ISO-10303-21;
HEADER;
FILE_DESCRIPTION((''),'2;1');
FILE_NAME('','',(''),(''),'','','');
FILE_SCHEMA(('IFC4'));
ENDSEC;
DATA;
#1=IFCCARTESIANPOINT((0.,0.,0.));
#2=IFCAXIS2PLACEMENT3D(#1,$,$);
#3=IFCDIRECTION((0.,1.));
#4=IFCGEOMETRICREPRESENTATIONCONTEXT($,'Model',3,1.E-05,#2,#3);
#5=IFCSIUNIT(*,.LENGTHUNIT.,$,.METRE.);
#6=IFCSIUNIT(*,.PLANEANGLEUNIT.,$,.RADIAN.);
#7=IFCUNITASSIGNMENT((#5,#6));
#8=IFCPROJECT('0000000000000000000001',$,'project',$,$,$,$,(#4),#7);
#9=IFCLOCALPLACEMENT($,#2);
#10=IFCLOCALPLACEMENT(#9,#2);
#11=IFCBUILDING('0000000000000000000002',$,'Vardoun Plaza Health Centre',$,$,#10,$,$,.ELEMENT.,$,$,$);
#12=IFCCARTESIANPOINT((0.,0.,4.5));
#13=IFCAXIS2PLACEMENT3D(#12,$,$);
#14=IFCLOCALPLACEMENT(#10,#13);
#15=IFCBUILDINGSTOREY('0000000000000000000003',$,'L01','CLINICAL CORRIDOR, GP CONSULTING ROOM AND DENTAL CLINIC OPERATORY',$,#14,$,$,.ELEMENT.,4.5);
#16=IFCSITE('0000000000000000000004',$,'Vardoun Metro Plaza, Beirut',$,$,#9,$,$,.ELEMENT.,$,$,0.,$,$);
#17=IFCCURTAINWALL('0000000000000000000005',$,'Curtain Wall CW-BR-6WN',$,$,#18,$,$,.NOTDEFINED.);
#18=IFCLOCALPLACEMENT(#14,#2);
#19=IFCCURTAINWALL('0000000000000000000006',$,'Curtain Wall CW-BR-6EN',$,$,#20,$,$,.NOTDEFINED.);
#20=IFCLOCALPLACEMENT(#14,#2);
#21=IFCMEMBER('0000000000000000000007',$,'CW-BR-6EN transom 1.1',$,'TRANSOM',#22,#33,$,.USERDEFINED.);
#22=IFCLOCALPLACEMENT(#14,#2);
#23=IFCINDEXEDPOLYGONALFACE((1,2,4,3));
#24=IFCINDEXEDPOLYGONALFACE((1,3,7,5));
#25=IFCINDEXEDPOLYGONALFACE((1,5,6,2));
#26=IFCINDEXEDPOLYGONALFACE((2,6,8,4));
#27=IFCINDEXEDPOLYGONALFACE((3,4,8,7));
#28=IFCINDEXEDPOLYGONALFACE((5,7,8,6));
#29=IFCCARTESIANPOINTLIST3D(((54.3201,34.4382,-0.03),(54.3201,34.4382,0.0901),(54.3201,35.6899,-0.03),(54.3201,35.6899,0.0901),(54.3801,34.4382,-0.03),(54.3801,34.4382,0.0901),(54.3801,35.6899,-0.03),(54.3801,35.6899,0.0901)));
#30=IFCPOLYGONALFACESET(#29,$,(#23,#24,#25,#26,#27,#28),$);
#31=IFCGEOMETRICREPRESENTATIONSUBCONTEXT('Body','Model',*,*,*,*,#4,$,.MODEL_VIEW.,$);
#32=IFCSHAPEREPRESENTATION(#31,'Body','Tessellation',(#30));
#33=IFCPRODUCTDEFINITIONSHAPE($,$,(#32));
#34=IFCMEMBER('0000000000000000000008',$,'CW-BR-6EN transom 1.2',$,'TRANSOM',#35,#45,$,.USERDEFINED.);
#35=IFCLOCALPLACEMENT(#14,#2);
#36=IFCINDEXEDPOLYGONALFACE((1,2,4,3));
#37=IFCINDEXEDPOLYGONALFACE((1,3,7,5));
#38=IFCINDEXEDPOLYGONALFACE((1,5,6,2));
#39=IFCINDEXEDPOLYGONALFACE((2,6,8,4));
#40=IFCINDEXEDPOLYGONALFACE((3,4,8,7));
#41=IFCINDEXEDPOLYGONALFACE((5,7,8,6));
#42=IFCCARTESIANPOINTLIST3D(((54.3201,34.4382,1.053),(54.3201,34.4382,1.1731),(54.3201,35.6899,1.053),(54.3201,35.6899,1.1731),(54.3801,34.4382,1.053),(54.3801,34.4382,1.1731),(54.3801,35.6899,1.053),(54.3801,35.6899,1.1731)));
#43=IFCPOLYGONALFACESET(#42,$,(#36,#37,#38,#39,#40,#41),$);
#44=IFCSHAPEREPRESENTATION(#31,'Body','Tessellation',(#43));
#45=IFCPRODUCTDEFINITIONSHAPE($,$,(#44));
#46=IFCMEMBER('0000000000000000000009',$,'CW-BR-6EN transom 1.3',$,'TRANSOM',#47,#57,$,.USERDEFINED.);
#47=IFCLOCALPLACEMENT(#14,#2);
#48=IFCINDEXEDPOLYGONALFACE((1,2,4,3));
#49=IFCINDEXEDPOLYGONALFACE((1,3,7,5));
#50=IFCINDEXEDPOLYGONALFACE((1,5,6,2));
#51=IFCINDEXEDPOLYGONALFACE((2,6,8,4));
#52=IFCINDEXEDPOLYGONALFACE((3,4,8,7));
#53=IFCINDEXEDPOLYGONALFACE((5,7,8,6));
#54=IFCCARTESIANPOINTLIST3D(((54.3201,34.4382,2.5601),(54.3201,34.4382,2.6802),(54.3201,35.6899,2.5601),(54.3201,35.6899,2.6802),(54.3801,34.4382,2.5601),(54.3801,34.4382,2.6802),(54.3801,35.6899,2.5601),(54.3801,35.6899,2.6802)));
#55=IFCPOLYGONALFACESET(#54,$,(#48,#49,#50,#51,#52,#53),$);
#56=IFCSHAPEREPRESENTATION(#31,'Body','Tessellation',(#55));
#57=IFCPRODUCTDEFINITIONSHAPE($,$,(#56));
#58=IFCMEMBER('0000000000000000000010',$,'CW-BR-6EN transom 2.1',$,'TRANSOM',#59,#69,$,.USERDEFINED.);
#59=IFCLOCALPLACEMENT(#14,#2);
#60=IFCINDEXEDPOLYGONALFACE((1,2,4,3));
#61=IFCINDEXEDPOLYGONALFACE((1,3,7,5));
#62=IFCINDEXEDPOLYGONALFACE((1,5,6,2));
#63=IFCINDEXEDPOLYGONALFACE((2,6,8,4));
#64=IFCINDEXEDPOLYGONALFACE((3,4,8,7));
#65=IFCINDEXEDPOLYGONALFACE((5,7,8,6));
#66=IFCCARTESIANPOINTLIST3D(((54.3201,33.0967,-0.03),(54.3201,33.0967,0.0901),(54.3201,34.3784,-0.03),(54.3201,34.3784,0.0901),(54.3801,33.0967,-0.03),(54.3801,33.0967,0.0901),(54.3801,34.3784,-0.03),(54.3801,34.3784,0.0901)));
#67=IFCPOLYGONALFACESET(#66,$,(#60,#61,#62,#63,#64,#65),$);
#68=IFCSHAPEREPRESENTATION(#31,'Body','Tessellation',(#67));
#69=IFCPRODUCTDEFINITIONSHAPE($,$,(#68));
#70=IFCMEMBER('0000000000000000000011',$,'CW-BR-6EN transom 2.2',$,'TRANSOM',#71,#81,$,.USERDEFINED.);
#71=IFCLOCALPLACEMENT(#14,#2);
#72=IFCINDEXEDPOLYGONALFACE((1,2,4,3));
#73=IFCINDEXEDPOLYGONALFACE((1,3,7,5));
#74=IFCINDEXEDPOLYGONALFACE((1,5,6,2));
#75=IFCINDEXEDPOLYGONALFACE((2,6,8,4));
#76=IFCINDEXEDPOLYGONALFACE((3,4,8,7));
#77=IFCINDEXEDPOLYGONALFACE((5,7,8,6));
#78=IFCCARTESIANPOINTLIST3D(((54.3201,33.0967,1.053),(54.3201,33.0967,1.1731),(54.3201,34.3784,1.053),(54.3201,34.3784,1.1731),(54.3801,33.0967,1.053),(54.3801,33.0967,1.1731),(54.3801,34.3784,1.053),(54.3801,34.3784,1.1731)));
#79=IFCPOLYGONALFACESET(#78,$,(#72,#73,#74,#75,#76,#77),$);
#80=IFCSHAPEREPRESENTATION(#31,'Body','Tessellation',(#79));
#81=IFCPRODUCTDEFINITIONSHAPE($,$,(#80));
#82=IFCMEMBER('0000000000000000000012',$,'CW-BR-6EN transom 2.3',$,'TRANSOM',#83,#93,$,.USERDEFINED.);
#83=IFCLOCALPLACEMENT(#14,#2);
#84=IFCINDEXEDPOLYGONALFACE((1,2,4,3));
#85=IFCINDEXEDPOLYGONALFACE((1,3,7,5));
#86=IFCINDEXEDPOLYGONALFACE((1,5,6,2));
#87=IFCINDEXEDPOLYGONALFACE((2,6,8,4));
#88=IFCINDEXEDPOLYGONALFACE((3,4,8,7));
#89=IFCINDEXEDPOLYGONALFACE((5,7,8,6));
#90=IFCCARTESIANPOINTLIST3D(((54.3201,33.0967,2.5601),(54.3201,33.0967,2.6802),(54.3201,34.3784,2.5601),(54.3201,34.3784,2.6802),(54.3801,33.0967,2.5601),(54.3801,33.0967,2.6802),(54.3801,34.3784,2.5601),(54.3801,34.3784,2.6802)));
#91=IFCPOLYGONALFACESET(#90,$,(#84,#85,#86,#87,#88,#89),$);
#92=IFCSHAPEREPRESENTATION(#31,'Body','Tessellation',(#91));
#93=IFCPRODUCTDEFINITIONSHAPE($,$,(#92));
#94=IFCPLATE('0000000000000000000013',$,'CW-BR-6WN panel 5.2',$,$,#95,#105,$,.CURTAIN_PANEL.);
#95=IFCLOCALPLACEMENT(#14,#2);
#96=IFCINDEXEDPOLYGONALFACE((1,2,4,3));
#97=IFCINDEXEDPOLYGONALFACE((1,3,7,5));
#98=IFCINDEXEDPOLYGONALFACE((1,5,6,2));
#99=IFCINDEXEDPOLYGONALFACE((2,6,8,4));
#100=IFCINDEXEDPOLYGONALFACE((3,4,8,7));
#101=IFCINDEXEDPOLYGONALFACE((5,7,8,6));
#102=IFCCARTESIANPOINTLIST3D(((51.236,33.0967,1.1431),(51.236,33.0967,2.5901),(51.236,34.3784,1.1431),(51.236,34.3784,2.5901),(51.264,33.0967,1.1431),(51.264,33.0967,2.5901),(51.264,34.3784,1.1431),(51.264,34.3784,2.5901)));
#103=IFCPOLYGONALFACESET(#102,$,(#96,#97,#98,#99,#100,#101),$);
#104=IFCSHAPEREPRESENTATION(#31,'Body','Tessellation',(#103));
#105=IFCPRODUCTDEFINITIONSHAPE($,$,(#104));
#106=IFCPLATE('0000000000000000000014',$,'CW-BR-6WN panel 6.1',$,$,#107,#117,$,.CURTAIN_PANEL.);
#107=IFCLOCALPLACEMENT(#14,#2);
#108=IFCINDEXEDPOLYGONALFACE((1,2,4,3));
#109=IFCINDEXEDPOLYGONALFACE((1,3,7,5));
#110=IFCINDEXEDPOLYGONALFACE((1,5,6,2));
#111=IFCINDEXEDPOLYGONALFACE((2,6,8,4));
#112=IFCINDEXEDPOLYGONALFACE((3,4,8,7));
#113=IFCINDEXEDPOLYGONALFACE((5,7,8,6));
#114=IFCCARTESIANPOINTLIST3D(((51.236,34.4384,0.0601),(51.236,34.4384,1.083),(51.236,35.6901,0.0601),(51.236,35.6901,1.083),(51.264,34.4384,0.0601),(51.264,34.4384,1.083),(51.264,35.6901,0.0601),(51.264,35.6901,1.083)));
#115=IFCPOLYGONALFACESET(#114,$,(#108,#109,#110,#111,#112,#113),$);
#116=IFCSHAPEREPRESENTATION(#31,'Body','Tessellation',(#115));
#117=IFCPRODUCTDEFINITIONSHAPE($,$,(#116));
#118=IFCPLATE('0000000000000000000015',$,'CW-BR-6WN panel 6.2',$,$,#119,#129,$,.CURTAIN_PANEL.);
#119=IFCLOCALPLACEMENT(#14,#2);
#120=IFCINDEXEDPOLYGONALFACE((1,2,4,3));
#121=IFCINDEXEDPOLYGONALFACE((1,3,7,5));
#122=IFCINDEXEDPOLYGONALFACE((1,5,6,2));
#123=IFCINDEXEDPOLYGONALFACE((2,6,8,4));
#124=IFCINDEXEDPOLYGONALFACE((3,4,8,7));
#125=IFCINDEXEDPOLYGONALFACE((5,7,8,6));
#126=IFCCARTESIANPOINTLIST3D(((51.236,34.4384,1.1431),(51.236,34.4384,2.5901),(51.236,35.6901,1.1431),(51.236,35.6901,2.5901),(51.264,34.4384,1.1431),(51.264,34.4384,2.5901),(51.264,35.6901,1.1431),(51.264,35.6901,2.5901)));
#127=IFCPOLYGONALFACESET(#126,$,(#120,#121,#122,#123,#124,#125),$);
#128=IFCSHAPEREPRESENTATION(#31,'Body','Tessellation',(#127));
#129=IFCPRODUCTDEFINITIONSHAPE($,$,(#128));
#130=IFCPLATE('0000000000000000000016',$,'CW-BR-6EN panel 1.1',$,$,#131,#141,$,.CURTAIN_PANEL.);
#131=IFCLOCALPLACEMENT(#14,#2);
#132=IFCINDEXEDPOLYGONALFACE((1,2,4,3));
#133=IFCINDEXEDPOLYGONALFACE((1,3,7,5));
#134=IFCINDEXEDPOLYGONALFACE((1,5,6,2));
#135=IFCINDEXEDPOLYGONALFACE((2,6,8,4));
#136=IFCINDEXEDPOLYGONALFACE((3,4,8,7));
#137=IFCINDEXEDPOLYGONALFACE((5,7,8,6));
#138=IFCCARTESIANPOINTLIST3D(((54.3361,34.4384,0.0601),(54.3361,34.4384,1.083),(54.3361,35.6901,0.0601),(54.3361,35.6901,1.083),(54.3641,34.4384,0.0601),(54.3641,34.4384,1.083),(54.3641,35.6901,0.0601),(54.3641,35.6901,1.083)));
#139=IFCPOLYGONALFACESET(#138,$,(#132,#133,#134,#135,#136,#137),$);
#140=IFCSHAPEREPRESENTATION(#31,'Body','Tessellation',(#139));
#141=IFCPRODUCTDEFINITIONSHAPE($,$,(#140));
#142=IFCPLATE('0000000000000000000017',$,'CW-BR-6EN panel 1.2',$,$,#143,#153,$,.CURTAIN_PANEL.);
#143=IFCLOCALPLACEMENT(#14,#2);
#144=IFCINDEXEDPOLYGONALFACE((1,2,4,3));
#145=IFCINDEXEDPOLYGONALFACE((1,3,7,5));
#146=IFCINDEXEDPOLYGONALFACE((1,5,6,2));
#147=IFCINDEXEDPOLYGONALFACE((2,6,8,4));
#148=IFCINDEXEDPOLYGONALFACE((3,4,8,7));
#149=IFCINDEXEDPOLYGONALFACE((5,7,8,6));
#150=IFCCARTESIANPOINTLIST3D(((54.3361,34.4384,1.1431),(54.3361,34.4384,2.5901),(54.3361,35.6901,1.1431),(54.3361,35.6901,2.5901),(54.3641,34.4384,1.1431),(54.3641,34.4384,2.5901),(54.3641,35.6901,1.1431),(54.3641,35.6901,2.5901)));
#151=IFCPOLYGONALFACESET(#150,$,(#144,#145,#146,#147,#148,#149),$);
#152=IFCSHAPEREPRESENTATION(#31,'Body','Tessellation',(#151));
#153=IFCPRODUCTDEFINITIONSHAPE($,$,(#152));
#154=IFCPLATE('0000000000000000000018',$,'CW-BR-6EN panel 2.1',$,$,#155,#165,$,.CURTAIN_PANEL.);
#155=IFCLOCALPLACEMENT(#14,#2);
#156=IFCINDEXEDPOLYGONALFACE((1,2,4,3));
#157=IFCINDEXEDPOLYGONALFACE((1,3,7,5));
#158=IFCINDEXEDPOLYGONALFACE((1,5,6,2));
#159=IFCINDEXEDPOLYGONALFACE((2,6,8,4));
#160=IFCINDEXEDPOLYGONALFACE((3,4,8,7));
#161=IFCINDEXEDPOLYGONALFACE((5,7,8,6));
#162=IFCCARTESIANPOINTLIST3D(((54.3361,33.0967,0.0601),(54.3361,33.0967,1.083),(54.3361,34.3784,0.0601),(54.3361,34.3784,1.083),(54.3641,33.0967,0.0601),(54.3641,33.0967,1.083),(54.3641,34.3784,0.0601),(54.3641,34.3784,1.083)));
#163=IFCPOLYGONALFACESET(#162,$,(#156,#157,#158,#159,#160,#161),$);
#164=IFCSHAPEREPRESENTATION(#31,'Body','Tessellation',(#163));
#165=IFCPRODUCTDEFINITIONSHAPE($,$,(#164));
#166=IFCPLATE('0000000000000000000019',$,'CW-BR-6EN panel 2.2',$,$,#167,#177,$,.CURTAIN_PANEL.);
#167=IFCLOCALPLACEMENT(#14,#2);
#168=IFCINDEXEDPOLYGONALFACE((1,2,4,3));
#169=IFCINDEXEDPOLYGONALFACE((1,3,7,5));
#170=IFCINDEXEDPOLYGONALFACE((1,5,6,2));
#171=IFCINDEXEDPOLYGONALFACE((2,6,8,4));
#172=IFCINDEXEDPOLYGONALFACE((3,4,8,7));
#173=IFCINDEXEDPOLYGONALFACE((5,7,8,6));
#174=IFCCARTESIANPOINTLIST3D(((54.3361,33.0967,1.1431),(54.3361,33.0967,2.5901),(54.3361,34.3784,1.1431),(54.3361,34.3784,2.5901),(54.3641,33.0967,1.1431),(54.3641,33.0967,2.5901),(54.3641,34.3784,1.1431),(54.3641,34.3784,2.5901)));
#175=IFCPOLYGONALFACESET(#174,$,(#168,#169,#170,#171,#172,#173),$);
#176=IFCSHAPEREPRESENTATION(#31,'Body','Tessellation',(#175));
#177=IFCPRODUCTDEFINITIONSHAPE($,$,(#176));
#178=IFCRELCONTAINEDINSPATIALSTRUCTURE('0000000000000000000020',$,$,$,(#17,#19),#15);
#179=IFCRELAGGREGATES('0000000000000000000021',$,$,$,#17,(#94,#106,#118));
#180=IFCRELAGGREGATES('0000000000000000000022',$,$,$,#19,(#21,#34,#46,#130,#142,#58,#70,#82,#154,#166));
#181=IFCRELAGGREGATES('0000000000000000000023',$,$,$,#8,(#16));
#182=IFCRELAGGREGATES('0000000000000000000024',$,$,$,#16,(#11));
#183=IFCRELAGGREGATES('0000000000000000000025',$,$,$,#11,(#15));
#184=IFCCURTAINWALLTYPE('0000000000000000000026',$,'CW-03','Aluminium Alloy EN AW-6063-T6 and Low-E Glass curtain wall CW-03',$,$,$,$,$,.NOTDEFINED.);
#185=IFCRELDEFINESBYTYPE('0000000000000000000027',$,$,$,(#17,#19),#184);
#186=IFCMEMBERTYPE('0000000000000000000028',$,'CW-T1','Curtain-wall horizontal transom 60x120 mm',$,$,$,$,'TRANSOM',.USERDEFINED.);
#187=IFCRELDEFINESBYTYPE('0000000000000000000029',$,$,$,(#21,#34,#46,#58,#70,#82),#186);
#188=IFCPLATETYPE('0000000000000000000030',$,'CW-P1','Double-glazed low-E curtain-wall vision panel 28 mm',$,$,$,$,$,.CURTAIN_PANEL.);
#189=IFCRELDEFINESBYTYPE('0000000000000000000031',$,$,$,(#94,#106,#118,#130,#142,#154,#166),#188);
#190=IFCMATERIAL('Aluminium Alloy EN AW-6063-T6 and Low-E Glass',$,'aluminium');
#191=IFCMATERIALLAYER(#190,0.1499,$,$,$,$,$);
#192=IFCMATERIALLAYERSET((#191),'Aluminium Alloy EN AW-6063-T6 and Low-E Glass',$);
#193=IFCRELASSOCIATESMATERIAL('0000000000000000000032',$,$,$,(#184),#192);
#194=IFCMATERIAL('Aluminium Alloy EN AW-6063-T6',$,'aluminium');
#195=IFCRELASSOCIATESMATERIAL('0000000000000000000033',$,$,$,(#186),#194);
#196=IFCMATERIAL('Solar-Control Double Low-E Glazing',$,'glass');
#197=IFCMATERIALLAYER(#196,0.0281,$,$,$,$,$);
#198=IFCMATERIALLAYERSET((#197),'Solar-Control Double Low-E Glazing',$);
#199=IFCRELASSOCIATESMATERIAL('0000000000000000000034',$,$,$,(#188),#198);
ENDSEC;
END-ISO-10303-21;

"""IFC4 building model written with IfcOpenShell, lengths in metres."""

from ifc_helpers import new_model, si_unit, direction, frame, origin, origin_2d, place, context, subcontext, project, spatial, rectangle, extrude, material, layer, layer_set, material_profile, profile_set, type_object, element, aggregate, save


model = new_model("IFC4")

# Units and contexts
model_context = context("Model", 3, precision=1e-05, world=origin(), true_north=direction((0.0, 1.0)))
body_context = subcontext(model_context, "Body", "Model", "MODEL_VIEW")
ifc_project = project(units=[si_unit("LENGTHUNIT", "METRE"), si_unit("PLANEANGLEUNIT", "RADIAN")], contexts=[model_context])

# Site, building, storey
site_placement = place(None, origin())
site = spatial("IfcSite", under=ifc_project, at=site_placement, Name="Vardoun Metro Plaza, Beirut", CompositionType="ELEMENT", RefElevation=0.0)
building_placement = place(site_placement, origin())
building = spatial("IfcBuilding", under=site, at=building_placement, Name="Vardoun Plaza Health Centre", CompositionType="ELEMENT")
storey_placement = place(building_placement, frame((0.0, 0.0, 4.5)))
storey = spatial("IfcBuildingStorey", under=building, at=storey_placement, Name="L01", Description="CLINICAL CORRIDOR, GP CONSULTING ROOM AND DENTAL CLINIC OPERATORY", CompositionType="ELEMENT", Elevation=4.5)

# Curtain walls
ifc_material_1 = material(Name="Aluminium Alloy EN AW-6063-T6 and Low-E Glass", Category="aluminium")
ifc_layer_1 = layer(ifc_material_1, 0.1499)
ifc_layer_set_1 = layer_set([ifc_layer_1], Name="Aluminium Alloy EN AW-6063-T6 and Low-E Glass")
curtain_wall_type = type_object("IfcCurtainWallType", Name="CW-03", Description="Aluminium Alloy EN AW-6063-T6 and Low-E Glass curtain wall CW-03", PredefinedType="NOTDEFINED", material=ifc_layer_set_1)
curtain_wall_1_placement = place(storey_placement, origin())
curtain_wall_1 = element("IfcCurtainWall", 1, at=curtain_wall_1_placement, inside=storey, type_object=curtain_wall_type, Name="Curtain Wall CW-BR-6WN", PredefinedType="NOTDEFINED")
curtain_wall_2_placement = place(storey_placement, origin())
curtain_wall_2 = element("IfcCurtainWall", 2, at=curtain_wall_2_placement, inside=storey, type_object=curtain_wall_type, Name="Curtain Wall CW-BR-6EN", PredefinedType="NOTDEFINED")

# Members
ifc_material_2 = material(Name="Aluminium Alloy EN AW-6063-T6", Category="aluminium")
ifc_material_profile_1 = material_profile(ifc_material_2, rectangle(XDim=0.0601, YDim=0.1201, at=origin_2d()), Name="CWT 60x120")
ifc_profile_set_1 = profile_set([ifc_material_profile_1], Name="Aluminium Alloy EN AW-6063-T6")
member_type_1 = type_object("IfcMemberType", Name="CW-T1", Description="Curtain-wall horizontal transom 60x120 mm", ElementType="TRANSOM", PredefinedType="USERDEFINED", material=ifc_profile_set_1)
member_1_placement = place(storey_placement, frame((54.3501, 35.6899, 0.03), z_axis=(0.0, -1.0, 0.0), x_axis=(1.0, 0.0, 0.0)))
member_1 = element("IfcMember", 3, at=member_1_placement, type_object=member_type_1, Name="CW-BR-6EN transom 1.1", ObjectType="TRANSOM", PredefinedType="USERDEFINED", context=body_context, shape_type="SweptSolid", body=[
    extrude(rectangle(XDim=0.0601, YDim=0.1201, at=origin_2d()), origin(), (0.0, 0.0, 1.0), 1.2517),
])
member_2_placement = place(storey_placement, frame((54.3501, 35.6899, 1.113), z_axis=(0.0, -1.0, 0.0), x_axis=(1.0, 0.0, 0.0)))
member_2 = element("IfcMember", 4, at=member_2_placement, type_object=member_type_1, Name="CW-BR-6EN transom 1.2", ObjectType="TRANSOM", PredefinedType="USERDEFINED", context=body_context, shape_type="SweptSolid", body=[
    extrude(rectangle(XDim=0.0601, YDim=0.1201, at=origin_2d()), origin(), (0.0, 0.0, 1.0), 1.2517),
])
member_3_placement = place(storey_placement, frame((54.3501, 35.6899, 2.6201), z_axis=(0.0, -1.0, 0.0), x_axis=(1.0, 0.0, 0.0)))
member_3 = element("IfcMember", 5, at=member_3_placement, type_object=member_type_1, Name="CW-BR-6EN transom 1.3", ObjectType="TRANSOM", PredefinedType="USERDEFINED", context=body_context, shape_type="SweptSolid", body=[
    extrude(rectangle(XDim=0.0601, YDim=0.1201, at=origin_2d()), origin(), (0.0, 0.0, 1.0), 1.2517),
])
member_4_placement = place(storey_placement, frame((54.3501, 34.3784, 0.03), z_axis=(0.0, -1.0, 0.0), x_axis=(1.0, 0.0, 0.0)))
member_4 = element("IfcMember", 6, at=member_4_placement, type_object=member_type_1, Name="CW-BR-6EN transom 2.1", ObjectType="TRANSOM", PredefinedType="USERDEFINED", context=body_context, shape_type="SweptSolid", body=[
    extrude(rectangle(XDim=0.0601, YDim=0.1201, at=origin_2d()), origin(), (0.0, 0.0, 1.0), 1.2817),
])
member_5_placement = place(storey_placement, frame((54.3501, 34.3784, 1.113), z_axis=(0.0, -1.0, 0.0), x_axis=(1.0, 0.0, 0.0)))
member_5 = element("IfcMember", 7, at=member_5_placement, type_object=member_type_1, Name="CW-BR-6EN transom 2.2", ObjectType="TRANSOM", PredefinedType="USERDEFINED", context=body_context, shape_type="SweptSolid", body=[
    extrude(rectangle(XDim=0.0601, YDim=0.1201, at=origin_2d()), origin(), (0.0, 0.0, 1.0), 1.2817),
])
member_6_placement = place(storey_placement, frame((54.3501, 34.3784, 2.6201), z_axis=(0.0, -1.0, 0.0), x_axis=(1.0, 0.0, 0.0)))
member_6 = element("IfcMember", 8, at=member_6_placement, type_object=member_type_1, Name="CW-BR-6EN transom 2.3", ObjectType="TRANSOM", PredefinedType="USERDEFINED", context=body_context, shape_type="SweptSolid", body=[
    extrude(rectangle(XDim=0.0601, YDim=0.1201, at=origin_2d()), origin(), (0.0, 0.0, 1.0), 1.2817),
])

# Plates
ifc_material_3 = material(Name="Solar-Control Double Low-E Glazing", Category="glass")
ifc_layer_2 = layer(ifc_material_3, 0.0281)
ifc_layer_set_2 = layer_set([ifc_layer_2], Name="Solar-Control Double Low-E Glazing")
plate_type = type_object("IfcPlateType", Name="CW-P1", Description="Double-glazed low-E curtain-wall vision panel 28 mm", PredefinedType="CURTAIN_PANEL", material=ifc_layer_set_2)
plate_1_placement = place(storey_placement, frame((51.25, 33.7375, 1.1431), z_axis=(0.0, 0.0, 1.0), x_axis=(0.0, 1.0, 0.0)))
plate_1 = element("IfcPlate", 9, at=plate_1_placement, type_object=plate_type, Name="CW-BR-6WN panel 5.2", PredefinedType="CURTAIN_PANEL", context=body_context, shape_type="SweptSolid", body=[
    extrude(rectangle(XDim=1.2817, YDim=0.0281, at=origin_2d()), origin(), (0.0, 0.0, 1.0), 1.447),
])
plate_2_placement = place(storey_placement, frame((51.25, 35.0642, 0.0601), z_axis=(0.0, 0.0, 1.0), x_axis=(0.0, 1.0, 0.0)))
plate_2 = element("IfcPlate", 10, at=plate_2_placement, type_object=plate_type, Name="CW-BR-6WN panel 6.1", PredefinedType="CURTAIN_PANEL", context=body_context, shape_type="SweptSolid", body=[
    extrude(rectangle(XDim=1.2517, YDim=0.0281, at=origin_2d()), origin(), (0.0, 0.0, 1.0), 1.0229),
])
plate_3_placement = place(storey_placement, frame((51.25, 35.0642, 1.1431), z_axis=(0.0, 0.0, 1.0), x_axis=(0.0, 1.0, 0.0)))
plate_3 = element("IfcPlate", 11, at=plate_3_placement, type_object=plate_type, Name="CW-BR-6WN panel 6.2", PredefinedType="CURTAIN_PANEL", context=body_context, shape_type="SweptSolid", body=[
    extrude(rectangle(XDim=1.2517, YDim=0.0281, at=origin_2d()), origin(), (0.0, 0.0, 1.0), 1.447),
])
aggregate(curtain_wall_1, [plate_1, plate_2, plate_3])
plate_4_placement = place(storey_placement, frame((54.3501, 35.0642, 0.0601), z_axis=(0.0, 0.0, 1.0), x_axis=(0.0, -1.0, 0.0)))
plate_4 = element("IfcPlate", 12, at=plate_4_placement, type_object=plate_type, Name="CW-BR-6EN panel 1.1", PredefinedType="CURTAIN_PANEL", context=body_context, shape_type="SweptSolid", body=[
    extrude(rectangle(XDim=1.2517, YDim=0.0281, at=origin_2d()), origin(), (0.0, 0.0, 1.0), 1.0229),
])
plate_5_placement = place(storey_placement, frame((54.3501, 35.0642, 1.1431), z_axis=(0.0, 0.0, 1.0), x_axis=(0.0, -1.0, 0.0)))
plate_5 = element("IfcPlate", 13, at=plate_5_placement, type_object=plate_type, Name="CW-BR-6EN panel 1.2", PredefinedType="CURTAIN_PANEL", context=body_context, shape_type="SweptSolid", body=[
    extrude(rectangle(XDim=1.2517, YDim=0.0281, at=origin_2d()), origin(), (0.0, 0.0, 1.0), 1.447),
])
plate_6_placement = place(storey_placement, frame((54.3501, 33.7375, 0.0601), z_axis=(0.0, 0.0, 1.0), x_axis=(0.0, -1.0, 0.0)))
plate_6 = element("IfcPlate", 14, at=plate_6_placement, type_object=plate_type, Name="CW-BR-6EN panel 2.1", PredefinedType="CURTAIN_PANEL", context=body_context, shape_type="SweptSolid", body=[
    extrude(rectangle(XDim=1.2817, YDim=0.0281, at=origin_2d()), origin(), (0.0, 0.0, 1.0), 1.0229),
])
plate_7_placement = place(storey_placement, frame((54.3501, 33.7375, 1.1431), z_axis=(0.0, 0.0, 1.0), x_axis=(0.0, -1.0, 0.0)))
plate_7 = element("IfcPlate", 15, at=plate_7_placement, type_object=plate_type, Name="CW-BR-6EN panel 2.2", PredefinedType="CURTAIN_PANEL", context=body_context, shape_type="SweptSolid", body=[
    extrude(rectangle(XDim=1.2817, YDim=0.0281, at=origin_2d()), origin(), (0.0, 0.0, 1.0), 1.447),
])
aggregate(curtain_wall_2, [member_1, member_2, member_3, plate_4, plate_5, member_4, member_5, member_6, plate_6, plate_7])

save(model, "model.ifc")
